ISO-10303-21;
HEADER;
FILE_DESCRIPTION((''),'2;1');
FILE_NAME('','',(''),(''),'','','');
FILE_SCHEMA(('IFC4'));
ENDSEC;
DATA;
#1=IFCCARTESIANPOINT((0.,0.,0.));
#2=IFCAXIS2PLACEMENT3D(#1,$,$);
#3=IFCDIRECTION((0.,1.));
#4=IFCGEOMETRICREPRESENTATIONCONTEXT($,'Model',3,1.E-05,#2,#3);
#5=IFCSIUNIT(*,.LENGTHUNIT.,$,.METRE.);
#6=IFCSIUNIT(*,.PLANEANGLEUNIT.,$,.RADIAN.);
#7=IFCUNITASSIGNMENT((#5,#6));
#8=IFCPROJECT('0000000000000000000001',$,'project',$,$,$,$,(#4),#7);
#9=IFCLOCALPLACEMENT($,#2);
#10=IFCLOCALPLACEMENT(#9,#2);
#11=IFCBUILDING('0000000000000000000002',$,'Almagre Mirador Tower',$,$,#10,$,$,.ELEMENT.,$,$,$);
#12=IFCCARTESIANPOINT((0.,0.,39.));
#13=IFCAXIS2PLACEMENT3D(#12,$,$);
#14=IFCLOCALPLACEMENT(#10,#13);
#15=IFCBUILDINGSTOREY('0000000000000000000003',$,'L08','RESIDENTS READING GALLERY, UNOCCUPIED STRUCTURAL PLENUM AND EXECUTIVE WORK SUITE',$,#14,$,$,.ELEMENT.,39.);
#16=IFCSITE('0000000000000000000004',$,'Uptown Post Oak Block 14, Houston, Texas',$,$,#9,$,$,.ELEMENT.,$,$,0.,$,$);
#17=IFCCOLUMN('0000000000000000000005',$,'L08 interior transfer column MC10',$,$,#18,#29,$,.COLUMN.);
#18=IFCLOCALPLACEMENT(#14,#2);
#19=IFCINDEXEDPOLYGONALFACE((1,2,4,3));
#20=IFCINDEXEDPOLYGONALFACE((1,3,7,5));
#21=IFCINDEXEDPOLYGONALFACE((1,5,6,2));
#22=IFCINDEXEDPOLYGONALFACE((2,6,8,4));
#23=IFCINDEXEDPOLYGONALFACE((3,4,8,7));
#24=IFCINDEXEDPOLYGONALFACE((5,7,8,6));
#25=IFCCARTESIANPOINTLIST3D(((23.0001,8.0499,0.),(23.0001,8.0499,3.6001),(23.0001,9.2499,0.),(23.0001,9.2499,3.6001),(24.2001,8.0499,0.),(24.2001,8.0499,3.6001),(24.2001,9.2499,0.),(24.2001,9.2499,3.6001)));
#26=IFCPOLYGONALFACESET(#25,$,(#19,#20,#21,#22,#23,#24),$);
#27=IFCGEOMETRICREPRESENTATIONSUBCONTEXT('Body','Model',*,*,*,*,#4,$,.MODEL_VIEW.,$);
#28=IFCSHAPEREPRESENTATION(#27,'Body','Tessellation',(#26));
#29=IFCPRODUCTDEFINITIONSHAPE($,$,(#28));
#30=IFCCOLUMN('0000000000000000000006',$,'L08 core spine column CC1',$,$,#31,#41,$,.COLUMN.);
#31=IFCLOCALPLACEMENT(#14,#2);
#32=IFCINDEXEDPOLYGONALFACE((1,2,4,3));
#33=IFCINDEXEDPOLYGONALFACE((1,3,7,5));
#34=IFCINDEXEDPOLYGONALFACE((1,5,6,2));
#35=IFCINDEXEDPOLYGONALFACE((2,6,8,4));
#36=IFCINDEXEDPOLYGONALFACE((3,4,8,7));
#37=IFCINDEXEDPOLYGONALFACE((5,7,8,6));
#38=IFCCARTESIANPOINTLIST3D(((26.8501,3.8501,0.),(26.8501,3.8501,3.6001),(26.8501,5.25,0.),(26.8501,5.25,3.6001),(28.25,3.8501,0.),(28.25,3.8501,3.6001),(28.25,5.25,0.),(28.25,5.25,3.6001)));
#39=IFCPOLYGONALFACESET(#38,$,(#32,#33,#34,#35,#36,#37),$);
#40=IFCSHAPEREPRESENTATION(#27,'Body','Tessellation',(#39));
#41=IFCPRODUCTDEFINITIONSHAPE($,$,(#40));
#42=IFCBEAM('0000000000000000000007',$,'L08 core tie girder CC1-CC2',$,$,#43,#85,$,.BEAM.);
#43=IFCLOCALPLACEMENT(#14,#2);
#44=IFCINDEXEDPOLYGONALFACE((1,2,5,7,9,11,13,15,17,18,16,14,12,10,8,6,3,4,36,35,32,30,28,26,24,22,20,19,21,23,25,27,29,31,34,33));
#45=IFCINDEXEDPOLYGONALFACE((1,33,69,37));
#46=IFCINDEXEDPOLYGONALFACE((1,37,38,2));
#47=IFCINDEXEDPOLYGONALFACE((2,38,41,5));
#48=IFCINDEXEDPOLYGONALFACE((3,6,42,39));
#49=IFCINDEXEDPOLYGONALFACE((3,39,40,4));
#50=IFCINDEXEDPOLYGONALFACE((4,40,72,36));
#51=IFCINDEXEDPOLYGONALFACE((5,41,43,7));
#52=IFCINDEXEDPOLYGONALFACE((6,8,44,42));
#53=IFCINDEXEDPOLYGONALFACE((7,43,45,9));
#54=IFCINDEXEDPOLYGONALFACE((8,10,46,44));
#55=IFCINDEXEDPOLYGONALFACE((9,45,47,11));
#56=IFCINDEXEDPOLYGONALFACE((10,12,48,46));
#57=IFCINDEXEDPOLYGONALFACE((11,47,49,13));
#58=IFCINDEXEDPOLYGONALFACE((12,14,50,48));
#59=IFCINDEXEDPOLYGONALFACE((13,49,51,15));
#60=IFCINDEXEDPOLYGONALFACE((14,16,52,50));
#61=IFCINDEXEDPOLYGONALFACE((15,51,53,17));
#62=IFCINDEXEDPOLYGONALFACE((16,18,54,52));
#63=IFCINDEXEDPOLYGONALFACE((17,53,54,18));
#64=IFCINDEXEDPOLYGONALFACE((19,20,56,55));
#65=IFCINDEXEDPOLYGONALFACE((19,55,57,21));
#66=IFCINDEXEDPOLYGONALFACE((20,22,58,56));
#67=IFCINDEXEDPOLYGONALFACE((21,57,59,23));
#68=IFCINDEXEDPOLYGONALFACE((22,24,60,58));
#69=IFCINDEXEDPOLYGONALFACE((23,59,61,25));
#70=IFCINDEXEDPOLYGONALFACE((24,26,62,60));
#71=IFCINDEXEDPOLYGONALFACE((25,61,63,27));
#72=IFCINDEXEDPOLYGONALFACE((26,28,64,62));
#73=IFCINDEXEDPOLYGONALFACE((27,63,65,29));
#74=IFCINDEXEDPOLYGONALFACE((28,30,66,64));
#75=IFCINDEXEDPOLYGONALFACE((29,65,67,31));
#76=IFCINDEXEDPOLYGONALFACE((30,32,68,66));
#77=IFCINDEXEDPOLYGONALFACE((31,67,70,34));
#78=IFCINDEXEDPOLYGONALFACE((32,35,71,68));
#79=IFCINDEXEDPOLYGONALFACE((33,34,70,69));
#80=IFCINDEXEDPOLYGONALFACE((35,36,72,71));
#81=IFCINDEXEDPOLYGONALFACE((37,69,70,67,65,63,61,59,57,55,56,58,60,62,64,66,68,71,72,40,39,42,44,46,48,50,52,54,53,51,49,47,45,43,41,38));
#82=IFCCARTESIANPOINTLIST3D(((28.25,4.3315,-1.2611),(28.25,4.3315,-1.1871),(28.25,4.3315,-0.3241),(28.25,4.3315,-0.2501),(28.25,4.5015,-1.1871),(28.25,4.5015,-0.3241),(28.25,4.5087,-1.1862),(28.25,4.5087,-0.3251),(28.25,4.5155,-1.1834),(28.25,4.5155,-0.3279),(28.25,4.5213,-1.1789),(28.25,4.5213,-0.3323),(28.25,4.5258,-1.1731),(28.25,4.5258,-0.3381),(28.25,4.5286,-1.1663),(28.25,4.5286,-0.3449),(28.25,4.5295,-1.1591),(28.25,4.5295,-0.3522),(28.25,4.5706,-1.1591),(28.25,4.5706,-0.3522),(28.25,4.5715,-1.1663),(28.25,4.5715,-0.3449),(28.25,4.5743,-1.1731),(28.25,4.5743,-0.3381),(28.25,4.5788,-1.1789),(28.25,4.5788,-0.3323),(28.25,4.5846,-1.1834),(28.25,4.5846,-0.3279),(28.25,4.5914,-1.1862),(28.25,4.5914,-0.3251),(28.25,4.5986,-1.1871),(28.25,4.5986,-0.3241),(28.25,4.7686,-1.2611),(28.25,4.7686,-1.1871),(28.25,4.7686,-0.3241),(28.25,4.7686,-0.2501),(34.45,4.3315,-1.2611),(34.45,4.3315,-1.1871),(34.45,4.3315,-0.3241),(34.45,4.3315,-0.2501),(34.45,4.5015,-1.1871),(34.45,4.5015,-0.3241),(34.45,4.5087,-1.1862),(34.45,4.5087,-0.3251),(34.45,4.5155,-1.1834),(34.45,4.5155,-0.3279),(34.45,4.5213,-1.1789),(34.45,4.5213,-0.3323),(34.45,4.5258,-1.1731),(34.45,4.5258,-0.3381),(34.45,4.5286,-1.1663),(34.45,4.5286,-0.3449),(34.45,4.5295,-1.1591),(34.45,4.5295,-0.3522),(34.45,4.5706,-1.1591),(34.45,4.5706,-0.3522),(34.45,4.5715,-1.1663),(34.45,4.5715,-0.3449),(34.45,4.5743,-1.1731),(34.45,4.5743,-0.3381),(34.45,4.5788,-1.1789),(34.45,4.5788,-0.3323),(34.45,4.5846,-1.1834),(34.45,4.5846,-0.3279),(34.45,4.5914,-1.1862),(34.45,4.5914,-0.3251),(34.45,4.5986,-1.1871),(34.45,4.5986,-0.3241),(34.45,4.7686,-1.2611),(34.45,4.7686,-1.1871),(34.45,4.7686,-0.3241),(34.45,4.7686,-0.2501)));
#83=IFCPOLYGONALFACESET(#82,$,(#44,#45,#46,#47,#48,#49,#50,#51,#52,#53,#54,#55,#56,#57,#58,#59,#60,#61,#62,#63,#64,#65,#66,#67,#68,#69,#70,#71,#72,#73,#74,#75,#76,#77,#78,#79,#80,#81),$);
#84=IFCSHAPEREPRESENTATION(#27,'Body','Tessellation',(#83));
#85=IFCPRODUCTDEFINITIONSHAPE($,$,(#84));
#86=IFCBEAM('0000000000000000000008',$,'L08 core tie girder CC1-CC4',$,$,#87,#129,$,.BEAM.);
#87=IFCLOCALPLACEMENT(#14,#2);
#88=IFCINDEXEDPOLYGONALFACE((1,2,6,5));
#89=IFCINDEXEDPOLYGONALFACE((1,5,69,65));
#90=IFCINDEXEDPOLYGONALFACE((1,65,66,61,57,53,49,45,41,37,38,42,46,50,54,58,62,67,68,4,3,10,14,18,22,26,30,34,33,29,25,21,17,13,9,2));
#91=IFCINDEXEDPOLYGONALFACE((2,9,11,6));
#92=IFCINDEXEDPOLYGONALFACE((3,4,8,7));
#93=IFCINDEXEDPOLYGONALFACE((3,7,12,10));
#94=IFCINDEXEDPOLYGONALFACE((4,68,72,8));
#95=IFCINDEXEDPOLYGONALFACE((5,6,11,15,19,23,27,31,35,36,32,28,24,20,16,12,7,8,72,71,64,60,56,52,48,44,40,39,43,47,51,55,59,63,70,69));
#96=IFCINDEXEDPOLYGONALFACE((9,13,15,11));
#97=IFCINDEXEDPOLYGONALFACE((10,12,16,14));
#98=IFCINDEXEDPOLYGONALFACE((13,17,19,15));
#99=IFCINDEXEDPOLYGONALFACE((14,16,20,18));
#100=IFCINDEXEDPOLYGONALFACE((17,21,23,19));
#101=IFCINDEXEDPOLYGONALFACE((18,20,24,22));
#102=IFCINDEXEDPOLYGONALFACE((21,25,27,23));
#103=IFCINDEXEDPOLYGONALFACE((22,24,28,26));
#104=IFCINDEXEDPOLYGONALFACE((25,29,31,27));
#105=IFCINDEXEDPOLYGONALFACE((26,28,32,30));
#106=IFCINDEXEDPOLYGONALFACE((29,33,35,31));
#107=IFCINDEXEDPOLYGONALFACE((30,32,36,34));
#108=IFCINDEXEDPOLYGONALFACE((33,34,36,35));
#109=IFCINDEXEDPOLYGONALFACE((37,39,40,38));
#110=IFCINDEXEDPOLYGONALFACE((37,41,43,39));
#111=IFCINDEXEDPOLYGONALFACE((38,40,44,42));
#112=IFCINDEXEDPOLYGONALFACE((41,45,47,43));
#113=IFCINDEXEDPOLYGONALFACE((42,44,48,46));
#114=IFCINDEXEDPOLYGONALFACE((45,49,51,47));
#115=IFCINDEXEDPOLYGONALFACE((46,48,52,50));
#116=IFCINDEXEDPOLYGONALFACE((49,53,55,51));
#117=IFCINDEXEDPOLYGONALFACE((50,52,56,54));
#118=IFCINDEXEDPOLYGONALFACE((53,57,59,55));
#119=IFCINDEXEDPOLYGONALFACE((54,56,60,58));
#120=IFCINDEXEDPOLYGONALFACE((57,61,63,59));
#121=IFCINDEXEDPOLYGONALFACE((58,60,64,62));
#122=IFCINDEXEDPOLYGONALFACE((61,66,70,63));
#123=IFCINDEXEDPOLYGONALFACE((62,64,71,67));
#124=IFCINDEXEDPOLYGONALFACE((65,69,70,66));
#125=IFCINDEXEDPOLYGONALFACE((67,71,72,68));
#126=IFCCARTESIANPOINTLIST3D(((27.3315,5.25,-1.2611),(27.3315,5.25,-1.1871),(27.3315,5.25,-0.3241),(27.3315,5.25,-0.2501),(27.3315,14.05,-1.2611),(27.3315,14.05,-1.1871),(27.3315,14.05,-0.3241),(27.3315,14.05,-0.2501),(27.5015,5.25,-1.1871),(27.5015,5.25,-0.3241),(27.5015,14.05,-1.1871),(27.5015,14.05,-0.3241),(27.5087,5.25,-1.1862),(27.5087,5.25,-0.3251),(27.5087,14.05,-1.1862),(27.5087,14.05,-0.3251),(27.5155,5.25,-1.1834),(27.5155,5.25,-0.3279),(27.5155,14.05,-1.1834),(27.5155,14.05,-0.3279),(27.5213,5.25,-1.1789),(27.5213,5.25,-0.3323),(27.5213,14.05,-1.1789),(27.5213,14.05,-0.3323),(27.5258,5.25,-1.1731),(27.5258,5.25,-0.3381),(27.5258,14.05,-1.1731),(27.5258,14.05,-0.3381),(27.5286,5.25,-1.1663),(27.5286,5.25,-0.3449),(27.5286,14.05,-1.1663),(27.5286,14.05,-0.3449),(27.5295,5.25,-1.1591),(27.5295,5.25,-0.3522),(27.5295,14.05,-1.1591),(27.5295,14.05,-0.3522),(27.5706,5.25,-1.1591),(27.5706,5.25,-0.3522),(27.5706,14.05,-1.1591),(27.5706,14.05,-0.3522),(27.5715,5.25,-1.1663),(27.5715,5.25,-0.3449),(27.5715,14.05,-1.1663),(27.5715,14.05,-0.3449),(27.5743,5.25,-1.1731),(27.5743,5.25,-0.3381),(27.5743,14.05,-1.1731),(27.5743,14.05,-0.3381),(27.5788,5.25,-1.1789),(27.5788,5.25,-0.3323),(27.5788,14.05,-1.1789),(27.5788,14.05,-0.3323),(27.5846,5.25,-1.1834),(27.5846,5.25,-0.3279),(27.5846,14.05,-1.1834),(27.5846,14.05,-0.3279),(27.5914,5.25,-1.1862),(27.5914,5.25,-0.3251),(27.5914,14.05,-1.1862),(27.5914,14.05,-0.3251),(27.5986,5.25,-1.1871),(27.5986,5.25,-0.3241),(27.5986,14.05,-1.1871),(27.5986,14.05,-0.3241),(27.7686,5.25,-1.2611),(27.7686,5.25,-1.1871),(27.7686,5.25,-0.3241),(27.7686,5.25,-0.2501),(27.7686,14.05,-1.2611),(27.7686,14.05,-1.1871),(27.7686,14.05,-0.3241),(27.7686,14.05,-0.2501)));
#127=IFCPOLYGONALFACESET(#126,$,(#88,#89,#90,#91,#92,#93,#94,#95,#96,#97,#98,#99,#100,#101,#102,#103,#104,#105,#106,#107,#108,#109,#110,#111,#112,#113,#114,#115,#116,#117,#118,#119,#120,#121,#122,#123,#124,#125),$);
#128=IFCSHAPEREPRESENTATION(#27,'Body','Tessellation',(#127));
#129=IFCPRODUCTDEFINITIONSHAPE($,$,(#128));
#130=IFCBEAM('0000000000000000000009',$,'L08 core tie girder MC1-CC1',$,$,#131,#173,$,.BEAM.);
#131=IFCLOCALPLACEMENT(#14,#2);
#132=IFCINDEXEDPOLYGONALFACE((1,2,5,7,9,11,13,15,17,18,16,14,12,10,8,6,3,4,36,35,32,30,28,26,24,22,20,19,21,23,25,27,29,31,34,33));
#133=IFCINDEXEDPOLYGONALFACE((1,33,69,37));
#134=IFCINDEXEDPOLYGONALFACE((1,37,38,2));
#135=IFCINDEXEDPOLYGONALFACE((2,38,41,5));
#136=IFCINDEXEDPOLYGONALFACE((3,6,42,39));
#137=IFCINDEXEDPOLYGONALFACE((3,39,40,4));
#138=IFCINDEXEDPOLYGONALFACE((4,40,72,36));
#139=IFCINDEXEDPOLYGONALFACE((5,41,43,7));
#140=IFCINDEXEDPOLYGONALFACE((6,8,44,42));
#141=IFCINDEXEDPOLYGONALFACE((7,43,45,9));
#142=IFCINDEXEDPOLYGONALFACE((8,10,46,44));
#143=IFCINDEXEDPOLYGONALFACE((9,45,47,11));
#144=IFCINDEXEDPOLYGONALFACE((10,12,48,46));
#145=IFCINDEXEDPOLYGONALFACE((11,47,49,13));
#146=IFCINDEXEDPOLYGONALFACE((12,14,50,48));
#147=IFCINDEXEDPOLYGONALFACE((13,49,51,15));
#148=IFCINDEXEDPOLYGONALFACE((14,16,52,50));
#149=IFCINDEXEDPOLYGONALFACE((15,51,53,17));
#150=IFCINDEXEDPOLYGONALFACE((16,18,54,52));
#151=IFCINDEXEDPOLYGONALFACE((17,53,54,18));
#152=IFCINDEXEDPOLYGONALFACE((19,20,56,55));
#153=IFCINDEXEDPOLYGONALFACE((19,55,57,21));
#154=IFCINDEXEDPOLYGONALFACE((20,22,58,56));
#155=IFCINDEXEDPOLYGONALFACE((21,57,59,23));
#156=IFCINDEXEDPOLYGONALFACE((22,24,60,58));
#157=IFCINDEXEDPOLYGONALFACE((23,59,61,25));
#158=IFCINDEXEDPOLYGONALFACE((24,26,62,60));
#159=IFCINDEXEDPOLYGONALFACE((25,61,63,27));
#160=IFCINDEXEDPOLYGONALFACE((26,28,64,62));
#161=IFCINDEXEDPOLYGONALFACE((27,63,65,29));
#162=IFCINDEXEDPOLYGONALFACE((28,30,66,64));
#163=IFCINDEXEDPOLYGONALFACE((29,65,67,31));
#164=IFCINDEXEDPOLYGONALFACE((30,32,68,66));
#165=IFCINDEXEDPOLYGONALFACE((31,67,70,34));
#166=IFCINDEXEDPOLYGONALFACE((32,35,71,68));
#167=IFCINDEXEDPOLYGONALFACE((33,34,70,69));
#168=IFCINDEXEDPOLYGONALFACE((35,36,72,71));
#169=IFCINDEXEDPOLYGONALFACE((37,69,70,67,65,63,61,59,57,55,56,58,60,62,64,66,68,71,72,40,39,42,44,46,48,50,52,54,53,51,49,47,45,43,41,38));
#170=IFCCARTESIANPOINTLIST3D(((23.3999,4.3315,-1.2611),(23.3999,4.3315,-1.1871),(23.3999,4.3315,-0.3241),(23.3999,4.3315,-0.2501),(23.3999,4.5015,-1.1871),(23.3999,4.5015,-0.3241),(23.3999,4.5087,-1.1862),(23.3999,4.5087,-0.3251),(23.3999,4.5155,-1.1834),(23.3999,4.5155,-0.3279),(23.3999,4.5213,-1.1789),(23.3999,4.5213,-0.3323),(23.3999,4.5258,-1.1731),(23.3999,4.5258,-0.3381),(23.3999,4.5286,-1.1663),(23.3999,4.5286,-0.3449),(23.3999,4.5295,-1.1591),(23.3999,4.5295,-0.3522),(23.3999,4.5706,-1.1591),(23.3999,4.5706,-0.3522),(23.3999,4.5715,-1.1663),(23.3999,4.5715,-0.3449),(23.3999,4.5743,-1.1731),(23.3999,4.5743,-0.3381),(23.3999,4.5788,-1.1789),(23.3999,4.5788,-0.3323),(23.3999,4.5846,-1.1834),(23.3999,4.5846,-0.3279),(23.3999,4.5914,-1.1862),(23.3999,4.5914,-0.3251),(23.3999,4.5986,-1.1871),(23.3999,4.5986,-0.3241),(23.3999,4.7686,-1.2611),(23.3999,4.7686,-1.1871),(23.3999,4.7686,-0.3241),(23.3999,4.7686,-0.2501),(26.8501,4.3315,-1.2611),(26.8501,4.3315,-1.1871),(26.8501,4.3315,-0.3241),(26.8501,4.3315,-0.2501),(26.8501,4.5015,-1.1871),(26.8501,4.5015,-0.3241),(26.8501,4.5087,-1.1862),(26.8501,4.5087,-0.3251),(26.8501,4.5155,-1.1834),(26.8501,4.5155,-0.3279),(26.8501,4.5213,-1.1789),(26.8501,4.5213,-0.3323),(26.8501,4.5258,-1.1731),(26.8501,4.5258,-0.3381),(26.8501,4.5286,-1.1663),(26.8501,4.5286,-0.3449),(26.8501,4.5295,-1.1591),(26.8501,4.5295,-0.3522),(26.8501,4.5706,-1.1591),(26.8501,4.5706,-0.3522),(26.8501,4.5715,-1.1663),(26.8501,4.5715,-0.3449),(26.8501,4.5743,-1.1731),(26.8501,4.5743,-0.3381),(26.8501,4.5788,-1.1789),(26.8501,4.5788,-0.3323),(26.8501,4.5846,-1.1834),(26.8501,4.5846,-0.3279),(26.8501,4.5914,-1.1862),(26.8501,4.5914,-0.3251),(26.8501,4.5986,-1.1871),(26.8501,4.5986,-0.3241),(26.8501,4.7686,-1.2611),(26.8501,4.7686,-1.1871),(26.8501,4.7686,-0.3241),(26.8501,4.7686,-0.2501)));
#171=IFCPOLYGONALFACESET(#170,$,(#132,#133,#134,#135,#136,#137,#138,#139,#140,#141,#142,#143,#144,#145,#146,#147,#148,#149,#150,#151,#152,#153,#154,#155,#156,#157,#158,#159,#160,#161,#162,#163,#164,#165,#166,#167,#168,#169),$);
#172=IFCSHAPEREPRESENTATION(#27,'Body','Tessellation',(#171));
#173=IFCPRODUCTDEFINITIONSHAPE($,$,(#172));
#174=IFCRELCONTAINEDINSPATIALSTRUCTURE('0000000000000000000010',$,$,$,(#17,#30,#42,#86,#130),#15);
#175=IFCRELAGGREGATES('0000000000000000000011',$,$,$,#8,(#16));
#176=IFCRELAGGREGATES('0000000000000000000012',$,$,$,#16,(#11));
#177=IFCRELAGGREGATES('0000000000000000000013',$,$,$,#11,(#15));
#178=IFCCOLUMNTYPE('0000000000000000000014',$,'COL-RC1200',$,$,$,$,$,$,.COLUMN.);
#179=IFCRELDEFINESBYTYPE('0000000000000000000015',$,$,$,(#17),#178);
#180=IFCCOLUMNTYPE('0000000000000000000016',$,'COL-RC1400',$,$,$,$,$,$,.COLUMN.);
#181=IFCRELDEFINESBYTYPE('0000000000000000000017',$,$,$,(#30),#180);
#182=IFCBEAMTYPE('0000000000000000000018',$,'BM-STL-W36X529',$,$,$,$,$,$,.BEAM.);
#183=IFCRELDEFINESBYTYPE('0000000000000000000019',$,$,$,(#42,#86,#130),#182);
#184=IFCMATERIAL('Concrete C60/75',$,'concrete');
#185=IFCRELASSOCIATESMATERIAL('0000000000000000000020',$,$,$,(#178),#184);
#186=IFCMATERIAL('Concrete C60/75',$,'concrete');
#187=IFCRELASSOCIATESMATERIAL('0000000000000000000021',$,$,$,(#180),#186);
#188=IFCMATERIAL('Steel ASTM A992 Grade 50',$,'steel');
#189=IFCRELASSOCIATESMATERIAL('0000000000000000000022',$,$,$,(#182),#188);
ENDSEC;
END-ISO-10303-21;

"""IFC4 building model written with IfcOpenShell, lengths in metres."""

from ifc_helpers import new_model, si_unit, direction, frame, origin, origin_2d, place, context, subcontext, project, spatial, rectangle, i_section, extrude, material, material_profile, profile_set, type_object, element, save


model = new_model("IFC4")

# Units and contexts
model_context = context("Model", 3, precision=1e-05, world=origin(), true_north=direction((0.0, 1.0)))
body_context = subcontext(model_context, "Body", "Model", "MODEL_VIEW")
ifc_project = project(units=[si_unit("LENGTHUNIT", "METRE"), si_unit("PLANEANGLEUNIT", "RADIAN")], contexts=[model_context])

# Site, building, storey
site_placement = place(None, origin())
site = spatial("IfcSite", under=ifc_project, at=site_placement, Name="Uptown Post Oak Block 14, Houston, Texas", CompositionType="ELEMENT", RefElevation=0.0)
building_placement = place(site_placement, origin())
building = spatial("IfcBuilding", under=site, at=building_placement, Name="Almagre Mirador Tower", CompositionType="ELEMENT")
storey_placement = place(building_placement, frame((0.0, 0.0, 39.0)))
storey = spatial("IfcBuildingStorey", under=building, at=storey_placement, Name="L08", Description="RESIDENTS READING GALLERY, UNOCCUPIED STRUCTURAL PLENUM AND EXECUTIVE WORK SUITE", CompositionType="ELEMENT", Elevation=39.0)

# Columns
ifc_material_1 = material(Name="Concrete C60/75", Category="concrete")
ifc_material_profile_1 = material_profile(ifc_material_1, rectangle(XDim=1.2, YDim=1.2, at=origin_2d()), Name="RC1200X1200")
ifc_profile_set_1 = profile_set([ifc_material_profile_1], Name="Concrete C60/75")
column_type_1 = type_object("IfcColumnType", Name="COL-RC1200", PredefinedType="COLUMN", material=ifc_profile_set_1)
column_1_placement = place(storey_placement, frame((23.6001, 8.6499, 0.0), z_axis=(0.0, 0.0, 1.0), x_axis=(1.0, 0.0, 0.0)))
element("IfcColumn", 1, at=column_1_placement, inside=storey, type_object=column_type_1, Name="L08 interior transfer column MC10", PredefinedType="COLUMN", context=body_context, shape_type="SweptSolid", body=[
    extrude(rectangle(XDim=1.2, YDim=1.2, at=origin_2d()), origin(), (0.0, 0.0, 1.0), 3.6001),
])
ifc_material_2 = material(Name="Concrete C60/75", Category="concrete")
ifc_material_profile_2 = material_profile(ifc_material_2, rectangle(XDim=1.3999, YDim=1.3999, at=origin_2d()), Name="RC1400X1400")
ifc_profile_set_2 = profile_set([ifc_material_profile_2], Name="Concrete C60/75")
column_type_2 = type_object("IfcColumnType", Name="COL-RC1400", PredefinedType="COLUMN", material=ifc_profile_set_2)
column_2_placement = place(storey_placement, frame((27.55, 4.55, 0.0), z_axis=(0.0, 0.0, 1.0), x_axis=(1.0, 0.0, 0.0)))
element("IfcColumn", 2, at=column_2_placement, inside=storey, type_object=column_type_2, Name="L08 core spine column CC1", PredefinedType="COLUMN", context=body_context, shape_type="SweptSolid", body=[
    extrude(rectangle(XDim=1.3999, YDim=1.3999, at=origin_2d()), origin(), (0.0, 0.0, 1.0), 3.6001),
])

# Beams
ifc_material_3 = material(Name="Steel ASTM A992 Grade 50", Category="steel")
ifc_material_profile_3 = material_profile(ifc_material_3, i_section(OverallWidth=0.437, OverallDepth=1.011, WebThickness=0.041, FlangeThickness=0.074, FilletRadius=0.0281, at=origin_2d()), Name="W36X529")
ifc_profile_set_3 = profile_set([ifc_material_profile_3], Name="Steel ASTM A992 Grade 50")
beam_type = type_object("IfcBeamType", Name="BM-STL-W36X529", PredefinedType="BEAM", material=ifc_profile_set_3)
beam_1_placement = place(storey_placement, frame((28.25, 4.55, -0.7556), z_axis=(1.0, 0.0, 0.0), x_axis=(0.0, 1.0, 0.0)))
element("IfcBeam", 3, at=beam_1_placement, inside=storey, type_object=beam_type, Name="L08 core tie girder CC1-CC2", PredefinedType="BEAM", context=body_context, shape_type="SweptSolid", body=[
    extrude(i_section(OverallWidth=0.437, OverallDepth=1.011, WebThickness=0.041, FlangeThickness=0.074, FilletRadius=0.0281, at=origin_2d()), origin(), (0.0, 0.0, 1.0), 6.2),
])
beam_2_placement = place(storey_placement, frame((27.55, 5.25, -0.7556), z_axis=(0.0, 1.0, 0.0), x_axis=(-1.0, 0.0, 0.0)))
element("IfcBeam", 4, at=beam_2_placement, inside=storey, type_object=beam_type, Name="L08 core tie girder CC1-CC4", PredefinedType="BEAM", context=body_context, shape_type="SweptSolid", body=[
    extrude(i_section(OverallWidth=0.437, OverallDepth=1.011, WebThickness=0.041, FlangeThickness=0.074, FilletRadius=0.0281, at=origin_2d()), origin(), (0.0, 0.0, 1.0), 8.8),
])
beam_3_placement = place(storey_placement, frame((23.3999, 4.55, -0.7556), z_axis=(1.0, 0.0, 0.0), x_axis=(0.0, 1.0, 0.0)))
element("IfcBeam", 5, at=beam_3_placement, inside=storey, type_object=beam_type, Name="L08 core tie girder MC1-CC1", PredefinedType="BEAM", context=body_context, shape_type="SweptSolid", body=[
    extrude(i_section(OverallWidth=0.437, OverallDepth=1.011, WebThickness=0.041, FlangeThickness=0.074, FilletRadius=0.0281, at=origin_2d()), origin(), (0.0, 0.0, 1.0), 3.4502),
])

save(model, "model.ifc")
